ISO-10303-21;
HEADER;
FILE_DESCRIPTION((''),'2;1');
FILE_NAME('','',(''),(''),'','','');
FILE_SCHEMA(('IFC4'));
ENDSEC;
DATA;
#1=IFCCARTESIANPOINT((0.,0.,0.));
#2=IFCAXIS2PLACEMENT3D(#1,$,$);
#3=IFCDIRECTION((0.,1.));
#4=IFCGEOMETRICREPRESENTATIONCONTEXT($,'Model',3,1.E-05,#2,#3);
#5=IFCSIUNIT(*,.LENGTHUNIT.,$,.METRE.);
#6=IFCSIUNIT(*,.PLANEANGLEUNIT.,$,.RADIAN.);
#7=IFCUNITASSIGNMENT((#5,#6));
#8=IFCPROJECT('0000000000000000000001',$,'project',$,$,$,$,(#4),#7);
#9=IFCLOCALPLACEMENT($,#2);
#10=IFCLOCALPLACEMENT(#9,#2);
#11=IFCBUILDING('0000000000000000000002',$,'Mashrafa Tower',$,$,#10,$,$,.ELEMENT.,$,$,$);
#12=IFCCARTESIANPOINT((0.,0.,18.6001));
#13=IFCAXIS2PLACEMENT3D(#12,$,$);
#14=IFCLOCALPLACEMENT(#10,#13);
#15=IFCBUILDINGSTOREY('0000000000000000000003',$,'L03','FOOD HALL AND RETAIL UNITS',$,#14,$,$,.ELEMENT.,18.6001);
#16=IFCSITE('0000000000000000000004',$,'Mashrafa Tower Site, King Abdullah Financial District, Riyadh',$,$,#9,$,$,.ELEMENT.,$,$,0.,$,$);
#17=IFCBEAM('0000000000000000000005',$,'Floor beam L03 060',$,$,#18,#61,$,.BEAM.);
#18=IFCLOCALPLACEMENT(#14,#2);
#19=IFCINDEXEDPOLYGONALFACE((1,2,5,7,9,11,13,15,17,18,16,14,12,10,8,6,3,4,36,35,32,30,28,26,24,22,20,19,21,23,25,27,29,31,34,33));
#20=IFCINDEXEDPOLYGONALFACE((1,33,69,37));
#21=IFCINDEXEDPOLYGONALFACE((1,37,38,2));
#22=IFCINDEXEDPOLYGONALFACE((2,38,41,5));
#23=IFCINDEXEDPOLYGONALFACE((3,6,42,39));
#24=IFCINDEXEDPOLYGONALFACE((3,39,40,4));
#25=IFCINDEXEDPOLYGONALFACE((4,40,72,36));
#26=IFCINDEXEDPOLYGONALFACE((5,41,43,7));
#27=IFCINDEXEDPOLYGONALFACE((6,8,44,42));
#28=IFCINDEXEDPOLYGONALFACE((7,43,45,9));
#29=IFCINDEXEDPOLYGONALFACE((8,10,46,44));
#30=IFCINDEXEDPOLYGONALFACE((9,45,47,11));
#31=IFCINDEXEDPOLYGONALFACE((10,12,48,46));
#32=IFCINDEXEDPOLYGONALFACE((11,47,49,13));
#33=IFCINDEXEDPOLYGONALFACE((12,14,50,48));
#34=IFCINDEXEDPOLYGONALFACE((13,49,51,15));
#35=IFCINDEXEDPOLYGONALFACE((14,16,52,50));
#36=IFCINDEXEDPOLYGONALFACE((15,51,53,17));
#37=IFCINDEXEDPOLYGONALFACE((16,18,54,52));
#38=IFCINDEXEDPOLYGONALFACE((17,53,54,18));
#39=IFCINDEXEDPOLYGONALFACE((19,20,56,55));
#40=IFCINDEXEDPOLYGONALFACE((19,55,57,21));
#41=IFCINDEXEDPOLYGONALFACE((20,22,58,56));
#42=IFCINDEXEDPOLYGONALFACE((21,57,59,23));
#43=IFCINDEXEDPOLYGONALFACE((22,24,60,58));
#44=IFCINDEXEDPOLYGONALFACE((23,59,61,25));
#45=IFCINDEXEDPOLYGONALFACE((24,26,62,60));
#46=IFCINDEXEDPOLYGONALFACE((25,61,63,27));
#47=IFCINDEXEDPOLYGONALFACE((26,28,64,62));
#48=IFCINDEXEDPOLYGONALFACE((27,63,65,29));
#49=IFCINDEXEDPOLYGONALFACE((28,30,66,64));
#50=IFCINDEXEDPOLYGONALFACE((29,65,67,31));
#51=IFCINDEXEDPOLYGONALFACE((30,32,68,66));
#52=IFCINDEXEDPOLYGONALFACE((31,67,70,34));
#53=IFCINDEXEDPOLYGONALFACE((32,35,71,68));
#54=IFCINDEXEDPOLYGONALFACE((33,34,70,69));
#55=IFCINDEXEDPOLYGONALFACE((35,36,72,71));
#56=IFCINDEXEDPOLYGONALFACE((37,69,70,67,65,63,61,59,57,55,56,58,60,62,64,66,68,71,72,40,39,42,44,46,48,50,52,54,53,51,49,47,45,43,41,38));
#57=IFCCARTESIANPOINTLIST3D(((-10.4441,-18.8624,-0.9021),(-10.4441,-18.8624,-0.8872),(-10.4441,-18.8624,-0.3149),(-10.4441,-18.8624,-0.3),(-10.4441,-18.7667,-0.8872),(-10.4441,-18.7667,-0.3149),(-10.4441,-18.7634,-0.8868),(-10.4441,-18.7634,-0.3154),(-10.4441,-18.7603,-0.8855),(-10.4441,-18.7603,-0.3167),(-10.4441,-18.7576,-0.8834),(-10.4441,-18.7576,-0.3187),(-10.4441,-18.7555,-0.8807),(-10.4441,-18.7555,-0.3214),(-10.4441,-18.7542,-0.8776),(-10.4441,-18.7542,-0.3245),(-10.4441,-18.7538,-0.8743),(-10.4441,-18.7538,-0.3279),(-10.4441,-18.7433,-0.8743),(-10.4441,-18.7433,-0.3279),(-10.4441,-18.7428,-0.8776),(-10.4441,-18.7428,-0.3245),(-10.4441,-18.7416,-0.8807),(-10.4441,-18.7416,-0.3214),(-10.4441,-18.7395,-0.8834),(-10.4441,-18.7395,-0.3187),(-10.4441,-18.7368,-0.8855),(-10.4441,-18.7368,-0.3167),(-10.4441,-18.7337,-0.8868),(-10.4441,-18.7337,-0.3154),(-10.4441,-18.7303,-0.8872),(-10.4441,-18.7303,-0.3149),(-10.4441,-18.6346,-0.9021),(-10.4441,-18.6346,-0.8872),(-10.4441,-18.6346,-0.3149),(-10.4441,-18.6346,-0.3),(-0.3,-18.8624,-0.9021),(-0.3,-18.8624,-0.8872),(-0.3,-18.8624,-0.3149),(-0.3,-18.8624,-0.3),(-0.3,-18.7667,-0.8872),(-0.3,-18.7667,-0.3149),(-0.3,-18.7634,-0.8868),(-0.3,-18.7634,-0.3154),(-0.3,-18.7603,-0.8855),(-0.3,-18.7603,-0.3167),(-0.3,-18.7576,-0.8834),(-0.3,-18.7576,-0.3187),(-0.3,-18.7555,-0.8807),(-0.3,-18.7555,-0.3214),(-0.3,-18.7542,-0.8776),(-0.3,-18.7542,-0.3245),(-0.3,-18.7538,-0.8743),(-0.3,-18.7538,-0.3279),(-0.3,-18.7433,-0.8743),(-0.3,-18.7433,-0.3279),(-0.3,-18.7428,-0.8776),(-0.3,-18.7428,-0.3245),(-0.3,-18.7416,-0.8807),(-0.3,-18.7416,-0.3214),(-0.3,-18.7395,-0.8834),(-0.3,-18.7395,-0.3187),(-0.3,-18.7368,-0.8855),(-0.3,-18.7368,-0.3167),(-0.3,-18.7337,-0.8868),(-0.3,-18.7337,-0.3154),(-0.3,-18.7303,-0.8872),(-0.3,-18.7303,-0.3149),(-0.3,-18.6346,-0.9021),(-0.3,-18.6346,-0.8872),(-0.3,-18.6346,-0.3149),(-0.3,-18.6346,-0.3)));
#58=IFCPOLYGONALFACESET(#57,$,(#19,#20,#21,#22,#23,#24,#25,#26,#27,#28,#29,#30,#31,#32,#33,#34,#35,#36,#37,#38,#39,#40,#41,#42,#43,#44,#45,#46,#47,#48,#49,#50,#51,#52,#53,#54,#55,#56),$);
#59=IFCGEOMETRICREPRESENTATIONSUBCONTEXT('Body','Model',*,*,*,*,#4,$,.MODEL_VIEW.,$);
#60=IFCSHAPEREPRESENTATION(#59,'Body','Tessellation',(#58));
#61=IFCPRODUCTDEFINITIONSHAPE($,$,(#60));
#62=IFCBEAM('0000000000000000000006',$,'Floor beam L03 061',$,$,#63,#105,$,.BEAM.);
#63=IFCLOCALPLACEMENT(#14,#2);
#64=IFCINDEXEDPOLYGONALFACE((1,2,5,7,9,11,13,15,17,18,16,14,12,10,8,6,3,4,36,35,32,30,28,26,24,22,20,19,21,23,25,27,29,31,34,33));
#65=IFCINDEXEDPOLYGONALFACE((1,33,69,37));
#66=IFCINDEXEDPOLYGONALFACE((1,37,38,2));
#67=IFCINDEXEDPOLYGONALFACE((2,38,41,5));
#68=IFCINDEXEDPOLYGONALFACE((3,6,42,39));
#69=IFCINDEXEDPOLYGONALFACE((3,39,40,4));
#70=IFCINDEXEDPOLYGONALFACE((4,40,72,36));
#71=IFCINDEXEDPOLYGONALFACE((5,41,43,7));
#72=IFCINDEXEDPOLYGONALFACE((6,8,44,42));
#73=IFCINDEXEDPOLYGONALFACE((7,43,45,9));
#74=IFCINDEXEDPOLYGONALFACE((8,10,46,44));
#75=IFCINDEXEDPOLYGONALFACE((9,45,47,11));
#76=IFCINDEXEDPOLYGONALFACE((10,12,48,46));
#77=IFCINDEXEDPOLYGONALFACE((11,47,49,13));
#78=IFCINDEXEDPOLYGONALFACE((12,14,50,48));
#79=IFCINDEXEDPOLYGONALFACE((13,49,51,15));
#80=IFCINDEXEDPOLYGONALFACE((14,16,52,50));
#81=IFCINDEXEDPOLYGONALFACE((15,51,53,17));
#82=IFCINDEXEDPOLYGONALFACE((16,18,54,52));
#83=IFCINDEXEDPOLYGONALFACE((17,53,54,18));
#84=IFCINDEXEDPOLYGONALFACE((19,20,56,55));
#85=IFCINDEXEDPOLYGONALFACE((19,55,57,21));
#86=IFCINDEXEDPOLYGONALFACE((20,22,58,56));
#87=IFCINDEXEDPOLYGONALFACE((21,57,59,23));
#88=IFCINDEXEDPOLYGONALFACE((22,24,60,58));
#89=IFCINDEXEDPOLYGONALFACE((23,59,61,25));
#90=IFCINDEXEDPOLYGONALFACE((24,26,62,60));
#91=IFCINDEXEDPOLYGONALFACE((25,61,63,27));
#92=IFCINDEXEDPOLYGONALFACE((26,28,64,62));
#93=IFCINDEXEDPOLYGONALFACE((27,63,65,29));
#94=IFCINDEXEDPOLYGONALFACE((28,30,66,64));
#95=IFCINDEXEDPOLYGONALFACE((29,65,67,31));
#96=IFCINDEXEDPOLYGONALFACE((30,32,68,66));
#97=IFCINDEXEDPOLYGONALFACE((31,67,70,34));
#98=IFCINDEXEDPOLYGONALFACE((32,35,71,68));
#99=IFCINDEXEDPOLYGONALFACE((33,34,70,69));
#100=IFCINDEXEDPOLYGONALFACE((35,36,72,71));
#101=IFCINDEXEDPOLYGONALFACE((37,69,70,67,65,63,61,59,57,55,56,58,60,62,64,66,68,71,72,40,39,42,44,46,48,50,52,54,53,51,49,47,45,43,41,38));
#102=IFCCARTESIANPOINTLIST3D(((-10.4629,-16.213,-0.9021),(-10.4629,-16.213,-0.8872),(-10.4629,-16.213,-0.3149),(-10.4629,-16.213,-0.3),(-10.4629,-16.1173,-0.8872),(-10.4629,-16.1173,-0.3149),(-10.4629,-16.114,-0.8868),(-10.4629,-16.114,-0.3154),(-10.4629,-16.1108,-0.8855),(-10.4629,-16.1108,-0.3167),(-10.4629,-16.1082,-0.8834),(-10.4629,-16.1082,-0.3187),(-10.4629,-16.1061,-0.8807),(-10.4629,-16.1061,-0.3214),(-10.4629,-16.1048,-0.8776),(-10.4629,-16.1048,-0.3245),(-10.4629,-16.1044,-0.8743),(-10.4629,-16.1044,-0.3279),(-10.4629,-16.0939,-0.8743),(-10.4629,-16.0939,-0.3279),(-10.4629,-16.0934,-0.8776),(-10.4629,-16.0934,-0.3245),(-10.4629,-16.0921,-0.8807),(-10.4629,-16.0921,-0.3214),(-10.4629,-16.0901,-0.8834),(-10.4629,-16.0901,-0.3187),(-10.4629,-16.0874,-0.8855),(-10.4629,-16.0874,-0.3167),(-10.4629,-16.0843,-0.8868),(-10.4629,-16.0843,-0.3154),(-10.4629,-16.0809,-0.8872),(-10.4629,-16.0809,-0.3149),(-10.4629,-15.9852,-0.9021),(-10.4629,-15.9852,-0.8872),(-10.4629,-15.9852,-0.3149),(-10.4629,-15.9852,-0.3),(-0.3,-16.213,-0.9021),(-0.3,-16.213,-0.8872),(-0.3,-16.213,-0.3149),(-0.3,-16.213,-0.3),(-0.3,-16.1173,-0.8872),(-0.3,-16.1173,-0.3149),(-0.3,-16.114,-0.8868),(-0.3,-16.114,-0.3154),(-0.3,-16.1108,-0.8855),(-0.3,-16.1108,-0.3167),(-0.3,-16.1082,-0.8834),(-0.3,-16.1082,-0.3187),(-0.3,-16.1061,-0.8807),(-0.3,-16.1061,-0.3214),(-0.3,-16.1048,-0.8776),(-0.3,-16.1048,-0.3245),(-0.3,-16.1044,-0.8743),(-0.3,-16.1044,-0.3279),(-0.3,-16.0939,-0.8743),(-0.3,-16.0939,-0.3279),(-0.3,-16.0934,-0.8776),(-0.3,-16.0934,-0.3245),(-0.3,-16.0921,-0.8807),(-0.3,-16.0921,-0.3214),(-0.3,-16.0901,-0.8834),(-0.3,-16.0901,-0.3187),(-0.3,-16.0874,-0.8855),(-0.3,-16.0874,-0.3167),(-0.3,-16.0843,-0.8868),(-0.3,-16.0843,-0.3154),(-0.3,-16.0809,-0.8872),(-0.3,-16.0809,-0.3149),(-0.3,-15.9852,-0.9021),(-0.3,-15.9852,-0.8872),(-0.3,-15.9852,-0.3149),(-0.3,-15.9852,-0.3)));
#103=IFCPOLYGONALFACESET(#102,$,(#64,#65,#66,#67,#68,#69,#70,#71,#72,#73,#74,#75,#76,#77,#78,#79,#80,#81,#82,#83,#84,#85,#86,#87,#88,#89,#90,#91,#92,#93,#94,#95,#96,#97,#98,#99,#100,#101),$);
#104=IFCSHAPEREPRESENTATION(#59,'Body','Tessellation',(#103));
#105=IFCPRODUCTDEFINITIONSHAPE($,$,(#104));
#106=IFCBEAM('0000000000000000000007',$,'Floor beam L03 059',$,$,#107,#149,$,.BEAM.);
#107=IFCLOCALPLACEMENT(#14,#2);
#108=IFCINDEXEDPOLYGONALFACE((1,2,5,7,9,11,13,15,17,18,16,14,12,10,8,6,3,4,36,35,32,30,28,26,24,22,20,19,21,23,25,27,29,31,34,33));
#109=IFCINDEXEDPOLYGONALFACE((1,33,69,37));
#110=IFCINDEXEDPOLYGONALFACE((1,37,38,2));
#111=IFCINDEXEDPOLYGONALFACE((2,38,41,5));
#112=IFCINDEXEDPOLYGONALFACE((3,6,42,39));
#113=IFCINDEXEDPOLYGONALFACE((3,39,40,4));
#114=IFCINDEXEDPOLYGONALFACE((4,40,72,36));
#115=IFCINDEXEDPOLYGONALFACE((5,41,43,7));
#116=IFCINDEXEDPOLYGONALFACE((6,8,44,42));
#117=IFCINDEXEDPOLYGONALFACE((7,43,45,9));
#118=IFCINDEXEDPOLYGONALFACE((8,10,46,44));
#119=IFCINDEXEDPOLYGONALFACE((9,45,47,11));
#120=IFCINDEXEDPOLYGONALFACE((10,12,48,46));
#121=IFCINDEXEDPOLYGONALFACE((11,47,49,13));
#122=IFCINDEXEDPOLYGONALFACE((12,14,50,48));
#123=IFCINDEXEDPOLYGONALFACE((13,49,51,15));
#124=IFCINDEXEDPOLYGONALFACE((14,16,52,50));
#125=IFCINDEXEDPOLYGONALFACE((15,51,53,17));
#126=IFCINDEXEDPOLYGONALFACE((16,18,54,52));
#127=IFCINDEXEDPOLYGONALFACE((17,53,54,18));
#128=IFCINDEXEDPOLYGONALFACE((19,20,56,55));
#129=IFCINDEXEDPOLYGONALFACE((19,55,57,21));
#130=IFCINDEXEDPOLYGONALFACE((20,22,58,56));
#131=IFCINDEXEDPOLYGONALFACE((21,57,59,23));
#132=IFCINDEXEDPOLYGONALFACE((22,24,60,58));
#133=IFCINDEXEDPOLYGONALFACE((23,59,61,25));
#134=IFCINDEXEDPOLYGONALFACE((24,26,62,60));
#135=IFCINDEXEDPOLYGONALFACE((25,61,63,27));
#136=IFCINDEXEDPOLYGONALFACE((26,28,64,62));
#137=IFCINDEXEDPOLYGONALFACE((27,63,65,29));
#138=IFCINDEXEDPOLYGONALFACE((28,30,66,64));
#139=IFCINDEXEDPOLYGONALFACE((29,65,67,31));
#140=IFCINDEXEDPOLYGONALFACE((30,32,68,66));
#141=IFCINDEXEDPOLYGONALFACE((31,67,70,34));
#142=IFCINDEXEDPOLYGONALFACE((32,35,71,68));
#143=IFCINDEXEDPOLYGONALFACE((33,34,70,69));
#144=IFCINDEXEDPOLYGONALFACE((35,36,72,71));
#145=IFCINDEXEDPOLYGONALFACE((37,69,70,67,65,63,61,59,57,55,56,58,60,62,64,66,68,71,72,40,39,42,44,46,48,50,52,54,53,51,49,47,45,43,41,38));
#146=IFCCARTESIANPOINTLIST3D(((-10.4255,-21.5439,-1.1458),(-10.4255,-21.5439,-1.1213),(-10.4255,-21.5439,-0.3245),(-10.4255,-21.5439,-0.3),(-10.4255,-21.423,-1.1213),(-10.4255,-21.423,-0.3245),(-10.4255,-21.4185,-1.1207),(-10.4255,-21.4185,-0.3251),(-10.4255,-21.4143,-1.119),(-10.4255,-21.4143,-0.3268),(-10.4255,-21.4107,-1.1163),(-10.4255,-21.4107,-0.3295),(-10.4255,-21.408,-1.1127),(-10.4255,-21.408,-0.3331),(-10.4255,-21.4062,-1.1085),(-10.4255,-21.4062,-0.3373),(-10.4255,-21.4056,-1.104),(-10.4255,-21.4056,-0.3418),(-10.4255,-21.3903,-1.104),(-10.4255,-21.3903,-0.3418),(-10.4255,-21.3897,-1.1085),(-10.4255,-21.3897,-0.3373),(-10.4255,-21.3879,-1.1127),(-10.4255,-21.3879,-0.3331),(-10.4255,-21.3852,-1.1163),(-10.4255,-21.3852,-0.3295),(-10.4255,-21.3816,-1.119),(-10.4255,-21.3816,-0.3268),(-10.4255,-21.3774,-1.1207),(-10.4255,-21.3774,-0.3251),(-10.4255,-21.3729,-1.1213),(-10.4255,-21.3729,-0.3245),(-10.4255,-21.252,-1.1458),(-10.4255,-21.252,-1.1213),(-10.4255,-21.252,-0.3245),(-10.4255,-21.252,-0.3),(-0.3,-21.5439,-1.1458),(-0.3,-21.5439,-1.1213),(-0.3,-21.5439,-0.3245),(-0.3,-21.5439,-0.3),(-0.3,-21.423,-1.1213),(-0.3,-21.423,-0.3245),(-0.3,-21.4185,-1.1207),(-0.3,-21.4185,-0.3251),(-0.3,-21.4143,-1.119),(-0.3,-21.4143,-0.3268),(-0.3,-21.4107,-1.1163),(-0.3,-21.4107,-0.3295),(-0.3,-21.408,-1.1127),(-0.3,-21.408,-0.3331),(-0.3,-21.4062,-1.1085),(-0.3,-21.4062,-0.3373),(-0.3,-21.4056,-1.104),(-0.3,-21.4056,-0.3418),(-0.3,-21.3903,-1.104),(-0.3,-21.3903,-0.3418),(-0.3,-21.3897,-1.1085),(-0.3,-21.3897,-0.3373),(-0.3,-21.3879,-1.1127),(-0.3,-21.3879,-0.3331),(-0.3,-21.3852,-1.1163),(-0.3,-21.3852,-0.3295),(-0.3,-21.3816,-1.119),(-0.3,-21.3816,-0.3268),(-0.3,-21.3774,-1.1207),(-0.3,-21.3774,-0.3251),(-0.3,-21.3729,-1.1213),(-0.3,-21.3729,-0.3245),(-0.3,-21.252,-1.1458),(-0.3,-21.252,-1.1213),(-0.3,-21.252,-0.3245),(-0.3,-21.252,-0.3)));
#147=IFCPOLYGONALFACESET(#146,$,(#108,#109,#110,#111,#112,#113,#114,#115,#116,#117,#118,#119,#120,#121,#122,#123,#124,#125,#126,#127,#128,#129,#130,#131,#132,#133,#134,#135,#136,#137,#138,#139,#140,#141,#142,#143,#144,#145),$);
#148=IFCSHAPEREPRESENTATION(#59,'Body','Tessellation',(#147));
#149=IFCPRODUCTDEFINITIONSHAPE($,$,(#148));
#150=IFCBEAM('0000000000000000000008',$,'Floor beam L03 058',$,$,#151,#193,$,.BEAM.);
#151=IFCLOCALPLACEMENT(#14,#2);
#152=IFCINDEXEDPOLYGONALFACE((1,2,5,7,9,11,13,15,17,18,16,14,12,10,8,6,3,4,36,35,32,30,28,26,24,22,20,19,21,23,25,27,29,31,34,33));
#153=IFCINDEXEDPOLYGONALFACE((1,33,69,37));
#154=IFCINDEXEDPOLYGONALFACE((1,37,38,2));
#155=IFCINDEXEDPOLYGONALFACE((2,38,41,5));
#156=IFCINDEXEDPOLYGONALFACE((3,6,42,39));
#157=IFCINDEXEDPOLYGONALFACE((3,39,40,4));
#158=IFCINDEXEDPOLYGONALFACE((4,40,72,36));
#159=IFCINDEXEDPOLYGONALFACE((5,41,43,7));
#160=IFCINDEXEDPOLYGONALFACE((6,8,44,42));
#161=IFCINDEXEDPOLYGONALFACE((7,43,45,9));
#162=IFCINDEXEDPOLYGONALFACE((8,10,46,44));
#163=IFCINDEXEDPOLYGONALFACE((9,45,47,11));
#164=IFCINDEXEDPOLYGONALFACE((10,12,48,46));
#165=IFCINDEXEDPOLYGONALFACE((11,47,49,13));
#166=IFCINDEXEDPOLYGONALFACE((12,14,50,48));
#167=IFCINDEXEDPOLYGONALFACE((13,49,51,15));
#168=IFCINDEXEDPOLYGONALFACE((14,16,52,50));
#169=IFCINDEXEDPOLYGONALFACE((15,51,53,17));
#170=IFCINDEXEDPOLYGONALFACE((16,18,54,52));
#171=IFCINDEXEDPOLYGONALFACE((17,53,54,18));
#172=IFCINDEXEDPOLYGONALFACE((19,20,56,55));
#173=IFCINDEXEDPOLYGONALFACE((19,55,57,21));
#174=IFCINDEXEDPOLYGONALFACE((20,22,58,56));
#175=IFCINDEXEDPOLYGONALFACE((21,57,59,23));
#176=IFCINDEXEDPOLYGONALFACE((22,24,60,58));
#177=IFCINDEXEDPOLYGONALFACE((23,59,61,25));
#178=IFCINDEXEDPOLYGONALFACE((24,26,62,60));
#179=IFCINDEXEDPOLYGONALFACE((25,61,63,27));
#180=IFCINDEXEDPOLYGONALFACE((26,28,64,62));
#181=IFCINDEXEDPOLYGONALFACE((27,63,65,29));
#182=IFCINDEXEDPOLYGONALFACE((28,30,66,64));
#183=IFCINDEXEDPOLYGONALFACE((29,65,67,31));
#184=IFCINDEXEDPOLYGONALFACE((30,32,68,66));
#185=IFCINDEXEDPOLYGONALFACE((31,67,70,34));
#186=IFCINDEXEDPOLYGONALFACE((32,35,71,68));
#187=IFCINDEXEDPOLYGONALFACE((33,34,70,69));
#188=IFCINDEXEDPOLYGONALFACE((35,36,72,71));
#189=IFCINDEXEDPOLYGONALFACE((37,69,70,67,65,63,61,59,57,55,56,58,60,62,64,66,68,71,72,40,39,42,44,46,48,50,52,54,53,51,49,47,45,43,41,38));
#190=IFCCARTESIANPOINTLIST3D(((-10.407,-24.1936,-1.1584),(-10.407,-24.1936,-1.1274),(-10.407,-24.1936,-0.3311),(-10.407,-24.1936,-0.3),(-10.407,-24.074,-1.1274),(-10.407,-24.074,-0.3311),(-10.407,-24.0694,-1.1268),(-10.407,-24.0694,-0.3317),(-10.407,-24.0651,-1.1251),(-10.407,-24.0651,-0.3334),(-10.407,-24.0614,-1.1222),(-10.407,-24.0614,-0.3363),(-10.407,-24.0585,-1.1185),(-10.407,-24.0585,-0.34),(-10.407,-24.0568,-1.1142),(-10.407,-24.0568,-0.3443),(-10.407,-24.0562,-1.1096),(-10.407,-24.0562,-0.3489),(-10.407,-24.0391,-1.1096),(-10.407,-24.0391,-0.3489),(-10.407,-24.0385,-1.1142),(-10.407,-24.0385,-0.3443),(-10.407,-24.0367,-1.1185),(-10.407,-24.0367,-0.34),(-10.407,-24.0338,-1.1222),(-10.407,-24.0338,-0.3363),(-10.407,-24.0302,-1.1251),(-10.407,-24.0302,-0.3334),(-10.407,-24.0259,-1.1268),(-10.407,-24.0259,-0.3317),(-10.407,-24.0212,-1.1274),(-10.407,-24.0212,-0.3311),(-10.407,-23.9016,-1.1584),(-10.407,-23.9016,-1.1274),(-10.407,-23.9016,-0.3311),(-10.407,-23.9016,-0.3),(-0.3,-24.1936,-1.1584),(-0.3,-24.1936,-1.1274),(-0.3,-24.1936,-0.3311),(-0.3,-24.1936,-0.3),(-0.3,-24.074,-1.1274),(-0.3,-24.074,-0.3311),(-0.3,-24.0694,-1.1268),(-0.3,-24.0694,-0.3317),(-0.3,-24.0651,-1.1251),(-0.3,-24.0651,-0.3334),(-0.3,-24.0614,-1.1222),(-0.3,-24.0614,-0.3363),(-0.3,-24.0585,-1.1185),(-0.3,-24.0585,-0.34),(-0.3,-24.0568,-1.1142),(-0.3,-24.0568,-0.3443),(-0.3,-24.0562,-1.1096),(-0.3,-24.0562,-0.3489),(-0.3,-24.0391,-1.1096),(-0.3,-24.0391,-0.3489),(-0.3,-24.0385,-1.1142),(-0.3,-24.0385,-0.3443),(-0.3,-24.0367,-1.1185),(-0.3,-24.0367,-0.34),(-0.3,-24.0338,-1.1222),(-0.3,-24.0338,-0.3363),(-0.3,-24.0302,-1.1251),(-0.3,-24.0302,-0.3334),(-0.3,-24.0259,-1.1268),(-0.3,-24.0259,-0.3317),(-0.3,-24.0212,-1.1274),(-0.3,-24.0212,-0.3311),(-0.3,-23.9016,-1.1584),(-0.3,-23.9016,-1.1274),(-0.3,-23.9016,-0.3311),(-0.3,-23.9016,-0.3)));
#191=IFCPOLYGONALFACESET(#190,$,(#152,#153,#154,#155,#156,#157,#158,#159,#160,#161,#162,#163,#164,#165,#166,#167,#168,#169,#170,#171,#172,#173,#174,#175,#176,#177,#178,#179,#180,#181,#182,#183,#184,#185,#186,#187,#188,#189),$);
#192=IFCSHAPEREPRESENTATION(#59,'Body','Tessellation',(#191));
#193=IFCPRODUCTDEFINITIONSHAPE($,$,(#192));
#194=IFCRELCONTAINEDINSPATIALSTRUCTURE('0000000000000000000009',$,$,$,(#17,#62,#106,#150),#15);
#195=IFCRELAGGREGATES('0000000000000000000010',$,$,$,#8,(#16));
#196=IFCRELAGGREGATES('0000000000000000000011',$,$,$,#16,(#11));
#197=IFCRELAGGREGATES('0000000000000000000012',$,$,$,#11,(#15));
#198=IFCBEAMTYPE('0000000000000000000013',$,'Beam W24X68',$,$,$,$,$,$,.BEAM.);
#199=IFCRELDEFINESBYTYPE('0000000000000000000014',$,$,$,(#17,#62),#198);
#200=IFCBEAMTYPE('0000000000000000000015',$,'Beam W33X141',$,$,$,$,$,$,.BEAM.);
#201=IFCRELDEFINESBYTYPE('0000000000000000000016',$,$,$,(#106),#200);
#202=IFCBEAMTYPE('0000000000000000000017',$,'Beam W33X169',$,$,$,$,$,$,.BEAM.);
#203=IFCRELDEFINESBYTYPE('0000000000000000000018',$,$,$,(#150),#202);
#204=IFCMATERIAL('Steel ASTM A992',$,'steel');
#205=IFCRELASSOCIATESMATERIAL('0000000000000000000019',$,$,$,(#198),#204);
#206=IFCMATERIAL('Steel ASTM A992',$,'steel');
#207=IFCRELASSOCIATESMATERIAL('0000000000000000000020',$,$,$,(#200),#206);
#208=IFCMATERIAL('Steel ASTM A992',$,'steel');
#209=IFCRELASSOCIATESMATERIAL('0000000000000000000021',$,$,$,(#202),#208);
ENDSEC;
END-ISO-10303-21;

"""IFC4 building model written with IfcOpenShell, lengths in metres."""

from ifc_helpers import new_model, si_unit, direction, frame, origin, origin_2d, place, context, subcontext, project, spatial, i_section, extrude, material, material_profile, profile_set, type_object, element, save


model = new_model("IFC4")

# Units and contexts
model_context = context("Model", 3, precision=1e-05, world=origin(), true_north=direction((0.0, 1.0)))
body_context = subcontext(model_context, "Body", "Model", "MODEL_VIEW")
ifc_project = project(units=[si_unit("LENGTHUNIT", "METRE"), si_unit("PLANEANGLEUNIT", "RADIAN")], contexts=[model_context])

# Site, building, storey
site_placement = place(None, origin())
site = spatial("IfcSite", under=ifc_project, at=site_placement, Name="Mashrafa Tower Site, King Abdullah Financial District, Riyadh", CompositionType="ELEMENT", RefElevation=0.0)
building_placement = place(site_placement, origin())
building = spatial("IfcBuilding", under=site, at=building_placement, Name="Mashrafa Tower", CompositionType="ELEMENT")
storey_placement = place(building_placement, frame((0.0, 0.0, 18.6001)))
storey = spatial("IfcBuildingStorey", under=building, at=storey_placement, Name="L03", Description="FOOD HALL AND RETAIL UNITS", CompositionType="ELEMENT", Elevation=18.6001)

# Beams
ifc_material_1 = material(Name="Steel ASTM A992", Category="steel")
ifc_material_profile_1 = material_profile(ifc_material_1, i_section(OverallWidth=0.2278, OverallDepth=0.6021, WebThickness=0.0105, FlangeThickness=0.0149, FilletRadius=0.0129, at=origin_2d()), Name="W24X68")
ifc_profile_set_1 = profile_set([ifc_material_profile_1], Name="Steel ASTM A992")
beam_type_1 = type_object("IfcBeamType", Name="Beam W24X68", PredefinedType="BEAM", material=ifc_profile_set_1)
beam_1_placement = place(storey_placement, frame((-0.3, -18.7485, -0.6011), z_axis=(-1.0, 0.0, 0.0), x_axis=(0.0, -1.0, 0.0)))
element("IfcBeam", 1, at=beam_1_placement, inside=storey, type_object=beam_type_1, Name="Floor beam L03 060", PredefinedType="BEAM", context=body_context, shape_type="SweptSolid", body=[
    extrude(i_section(OverallWidth=0.2278, OverallDepth=0.6021, WebThickness=0.0105, FlangeThickness=0.0149, FilletRadius=0.0129, at=origin_2d()), origin(), (0.0, 0.0, 1.0), 10.144),
])
beam_2_placement = place(storey_placement, frame((-0.3, -16.0991, -0.6011), z_axis=(-1.0, 0.0, 0.0), x_axis=(0.0, -1.0, 0.0)))
element("IfcBeam", 2, at=beam_2_placement, inside=storey, type_object=beam_type_1, Name="Floor beam L03 061", PredefinedType="BEAM", context=body_context, shape_type="SweptSolid", body=[
    extrude(i_section(OverallWidth=0.2278, OverallDepth=0.6021, WebThickness=0.0105, FlangeThickness=0.0149, FilletRadius=0.0129, at=origin_2d()), origin(), (0.0, 0.0, 1.0), 10.1628),
])
ifc_material_2 = material(Name="Steel ASTM A992", Category="steel")
ifc_material_profile_2 = material_profile(ifc_material_2, i_section(OverallWidth=0.292, OverallDepth=0.8457, WebThickness=0.0154, FlangeThickness=0.0244, FilletRadius=0.0173, at=origin_2d()), Name="W33X141")
ifc_profile_set_2 = profile_set([ifc_material_profile_2], Name="Steel ASTM A992")
beam_type_2 = type_object("IfcBeamType", Name="Beam W33X141", PredefinedType="BEAM", material=ifc_profile_set_2)
beam_3_placement = place(storey_placement, frame((-0.3, -21.3979, -0.7229), z_axis=(-1.0, 0.0, 0.0), x_axis=(0.0, -1.0, 0.0)))
element("IfcBeam", 3, at=beam_3_placement, inside=storey, type_object=beam_type_2, Name="Floor beam L03 059", PredefinedType="BEAM", context=body_context, shape_type="SweptSolid", body=[
    extrude(i_section(OverallWidth=0.292, OverallDepth=0.8457, WebThickness=0.0154, FlangeThickness=0.0244, FilletRadius=0.0173, at=origin_2d()), origin(), (0.0, 0.0, 1.0), 10.1255),
])
ifc_material_3 = material(Name="Steel ASTM A992", Category="steel")
ifc_material_profile_3 = material_profile(ifc_material_3, i_section(OverallWidth=0.292, OverallDepth=0.8584, WebThickness=0.0171, FlangeThickness=0.031, FilletRadius=0.0178, at=origin_2d()), Name="W33X169")
ifc_profile_set_3 = profile_set([ifc_material_profile_3], Name="Steel ASTM A992")
beam_type_3 = type_object("IfcBeamType", Name="Beam W33X169", PredefinedType="BEAM", material=ifc_profile_set_3)
beam_4_placement = place(storey_placement, frame((-0.3, -24.0476, -0.7292), z_axis=(-1.0, 0.0, 0.0), x_axis=(0.0, -1.0, 0.0)))
element("IfcBeam", 4, at=beam_4_placement, inside=storey, type_object=beam_type_3, Name="Floor beam L03 058", PredefinedType="BEAM", context=body_context, shape_type="SweptSolid", body=[
    extrude(i_section(OverallWidth=0.292, OverallDepth=0.8584, WebThickness=0.0171, FlangeThickness=0.031, FilletRadius=0.0178, at=origin_2d()), origin(), (0.0, 0.0, 1.0), 10.1069),
])

save(model, "model.ifc")
